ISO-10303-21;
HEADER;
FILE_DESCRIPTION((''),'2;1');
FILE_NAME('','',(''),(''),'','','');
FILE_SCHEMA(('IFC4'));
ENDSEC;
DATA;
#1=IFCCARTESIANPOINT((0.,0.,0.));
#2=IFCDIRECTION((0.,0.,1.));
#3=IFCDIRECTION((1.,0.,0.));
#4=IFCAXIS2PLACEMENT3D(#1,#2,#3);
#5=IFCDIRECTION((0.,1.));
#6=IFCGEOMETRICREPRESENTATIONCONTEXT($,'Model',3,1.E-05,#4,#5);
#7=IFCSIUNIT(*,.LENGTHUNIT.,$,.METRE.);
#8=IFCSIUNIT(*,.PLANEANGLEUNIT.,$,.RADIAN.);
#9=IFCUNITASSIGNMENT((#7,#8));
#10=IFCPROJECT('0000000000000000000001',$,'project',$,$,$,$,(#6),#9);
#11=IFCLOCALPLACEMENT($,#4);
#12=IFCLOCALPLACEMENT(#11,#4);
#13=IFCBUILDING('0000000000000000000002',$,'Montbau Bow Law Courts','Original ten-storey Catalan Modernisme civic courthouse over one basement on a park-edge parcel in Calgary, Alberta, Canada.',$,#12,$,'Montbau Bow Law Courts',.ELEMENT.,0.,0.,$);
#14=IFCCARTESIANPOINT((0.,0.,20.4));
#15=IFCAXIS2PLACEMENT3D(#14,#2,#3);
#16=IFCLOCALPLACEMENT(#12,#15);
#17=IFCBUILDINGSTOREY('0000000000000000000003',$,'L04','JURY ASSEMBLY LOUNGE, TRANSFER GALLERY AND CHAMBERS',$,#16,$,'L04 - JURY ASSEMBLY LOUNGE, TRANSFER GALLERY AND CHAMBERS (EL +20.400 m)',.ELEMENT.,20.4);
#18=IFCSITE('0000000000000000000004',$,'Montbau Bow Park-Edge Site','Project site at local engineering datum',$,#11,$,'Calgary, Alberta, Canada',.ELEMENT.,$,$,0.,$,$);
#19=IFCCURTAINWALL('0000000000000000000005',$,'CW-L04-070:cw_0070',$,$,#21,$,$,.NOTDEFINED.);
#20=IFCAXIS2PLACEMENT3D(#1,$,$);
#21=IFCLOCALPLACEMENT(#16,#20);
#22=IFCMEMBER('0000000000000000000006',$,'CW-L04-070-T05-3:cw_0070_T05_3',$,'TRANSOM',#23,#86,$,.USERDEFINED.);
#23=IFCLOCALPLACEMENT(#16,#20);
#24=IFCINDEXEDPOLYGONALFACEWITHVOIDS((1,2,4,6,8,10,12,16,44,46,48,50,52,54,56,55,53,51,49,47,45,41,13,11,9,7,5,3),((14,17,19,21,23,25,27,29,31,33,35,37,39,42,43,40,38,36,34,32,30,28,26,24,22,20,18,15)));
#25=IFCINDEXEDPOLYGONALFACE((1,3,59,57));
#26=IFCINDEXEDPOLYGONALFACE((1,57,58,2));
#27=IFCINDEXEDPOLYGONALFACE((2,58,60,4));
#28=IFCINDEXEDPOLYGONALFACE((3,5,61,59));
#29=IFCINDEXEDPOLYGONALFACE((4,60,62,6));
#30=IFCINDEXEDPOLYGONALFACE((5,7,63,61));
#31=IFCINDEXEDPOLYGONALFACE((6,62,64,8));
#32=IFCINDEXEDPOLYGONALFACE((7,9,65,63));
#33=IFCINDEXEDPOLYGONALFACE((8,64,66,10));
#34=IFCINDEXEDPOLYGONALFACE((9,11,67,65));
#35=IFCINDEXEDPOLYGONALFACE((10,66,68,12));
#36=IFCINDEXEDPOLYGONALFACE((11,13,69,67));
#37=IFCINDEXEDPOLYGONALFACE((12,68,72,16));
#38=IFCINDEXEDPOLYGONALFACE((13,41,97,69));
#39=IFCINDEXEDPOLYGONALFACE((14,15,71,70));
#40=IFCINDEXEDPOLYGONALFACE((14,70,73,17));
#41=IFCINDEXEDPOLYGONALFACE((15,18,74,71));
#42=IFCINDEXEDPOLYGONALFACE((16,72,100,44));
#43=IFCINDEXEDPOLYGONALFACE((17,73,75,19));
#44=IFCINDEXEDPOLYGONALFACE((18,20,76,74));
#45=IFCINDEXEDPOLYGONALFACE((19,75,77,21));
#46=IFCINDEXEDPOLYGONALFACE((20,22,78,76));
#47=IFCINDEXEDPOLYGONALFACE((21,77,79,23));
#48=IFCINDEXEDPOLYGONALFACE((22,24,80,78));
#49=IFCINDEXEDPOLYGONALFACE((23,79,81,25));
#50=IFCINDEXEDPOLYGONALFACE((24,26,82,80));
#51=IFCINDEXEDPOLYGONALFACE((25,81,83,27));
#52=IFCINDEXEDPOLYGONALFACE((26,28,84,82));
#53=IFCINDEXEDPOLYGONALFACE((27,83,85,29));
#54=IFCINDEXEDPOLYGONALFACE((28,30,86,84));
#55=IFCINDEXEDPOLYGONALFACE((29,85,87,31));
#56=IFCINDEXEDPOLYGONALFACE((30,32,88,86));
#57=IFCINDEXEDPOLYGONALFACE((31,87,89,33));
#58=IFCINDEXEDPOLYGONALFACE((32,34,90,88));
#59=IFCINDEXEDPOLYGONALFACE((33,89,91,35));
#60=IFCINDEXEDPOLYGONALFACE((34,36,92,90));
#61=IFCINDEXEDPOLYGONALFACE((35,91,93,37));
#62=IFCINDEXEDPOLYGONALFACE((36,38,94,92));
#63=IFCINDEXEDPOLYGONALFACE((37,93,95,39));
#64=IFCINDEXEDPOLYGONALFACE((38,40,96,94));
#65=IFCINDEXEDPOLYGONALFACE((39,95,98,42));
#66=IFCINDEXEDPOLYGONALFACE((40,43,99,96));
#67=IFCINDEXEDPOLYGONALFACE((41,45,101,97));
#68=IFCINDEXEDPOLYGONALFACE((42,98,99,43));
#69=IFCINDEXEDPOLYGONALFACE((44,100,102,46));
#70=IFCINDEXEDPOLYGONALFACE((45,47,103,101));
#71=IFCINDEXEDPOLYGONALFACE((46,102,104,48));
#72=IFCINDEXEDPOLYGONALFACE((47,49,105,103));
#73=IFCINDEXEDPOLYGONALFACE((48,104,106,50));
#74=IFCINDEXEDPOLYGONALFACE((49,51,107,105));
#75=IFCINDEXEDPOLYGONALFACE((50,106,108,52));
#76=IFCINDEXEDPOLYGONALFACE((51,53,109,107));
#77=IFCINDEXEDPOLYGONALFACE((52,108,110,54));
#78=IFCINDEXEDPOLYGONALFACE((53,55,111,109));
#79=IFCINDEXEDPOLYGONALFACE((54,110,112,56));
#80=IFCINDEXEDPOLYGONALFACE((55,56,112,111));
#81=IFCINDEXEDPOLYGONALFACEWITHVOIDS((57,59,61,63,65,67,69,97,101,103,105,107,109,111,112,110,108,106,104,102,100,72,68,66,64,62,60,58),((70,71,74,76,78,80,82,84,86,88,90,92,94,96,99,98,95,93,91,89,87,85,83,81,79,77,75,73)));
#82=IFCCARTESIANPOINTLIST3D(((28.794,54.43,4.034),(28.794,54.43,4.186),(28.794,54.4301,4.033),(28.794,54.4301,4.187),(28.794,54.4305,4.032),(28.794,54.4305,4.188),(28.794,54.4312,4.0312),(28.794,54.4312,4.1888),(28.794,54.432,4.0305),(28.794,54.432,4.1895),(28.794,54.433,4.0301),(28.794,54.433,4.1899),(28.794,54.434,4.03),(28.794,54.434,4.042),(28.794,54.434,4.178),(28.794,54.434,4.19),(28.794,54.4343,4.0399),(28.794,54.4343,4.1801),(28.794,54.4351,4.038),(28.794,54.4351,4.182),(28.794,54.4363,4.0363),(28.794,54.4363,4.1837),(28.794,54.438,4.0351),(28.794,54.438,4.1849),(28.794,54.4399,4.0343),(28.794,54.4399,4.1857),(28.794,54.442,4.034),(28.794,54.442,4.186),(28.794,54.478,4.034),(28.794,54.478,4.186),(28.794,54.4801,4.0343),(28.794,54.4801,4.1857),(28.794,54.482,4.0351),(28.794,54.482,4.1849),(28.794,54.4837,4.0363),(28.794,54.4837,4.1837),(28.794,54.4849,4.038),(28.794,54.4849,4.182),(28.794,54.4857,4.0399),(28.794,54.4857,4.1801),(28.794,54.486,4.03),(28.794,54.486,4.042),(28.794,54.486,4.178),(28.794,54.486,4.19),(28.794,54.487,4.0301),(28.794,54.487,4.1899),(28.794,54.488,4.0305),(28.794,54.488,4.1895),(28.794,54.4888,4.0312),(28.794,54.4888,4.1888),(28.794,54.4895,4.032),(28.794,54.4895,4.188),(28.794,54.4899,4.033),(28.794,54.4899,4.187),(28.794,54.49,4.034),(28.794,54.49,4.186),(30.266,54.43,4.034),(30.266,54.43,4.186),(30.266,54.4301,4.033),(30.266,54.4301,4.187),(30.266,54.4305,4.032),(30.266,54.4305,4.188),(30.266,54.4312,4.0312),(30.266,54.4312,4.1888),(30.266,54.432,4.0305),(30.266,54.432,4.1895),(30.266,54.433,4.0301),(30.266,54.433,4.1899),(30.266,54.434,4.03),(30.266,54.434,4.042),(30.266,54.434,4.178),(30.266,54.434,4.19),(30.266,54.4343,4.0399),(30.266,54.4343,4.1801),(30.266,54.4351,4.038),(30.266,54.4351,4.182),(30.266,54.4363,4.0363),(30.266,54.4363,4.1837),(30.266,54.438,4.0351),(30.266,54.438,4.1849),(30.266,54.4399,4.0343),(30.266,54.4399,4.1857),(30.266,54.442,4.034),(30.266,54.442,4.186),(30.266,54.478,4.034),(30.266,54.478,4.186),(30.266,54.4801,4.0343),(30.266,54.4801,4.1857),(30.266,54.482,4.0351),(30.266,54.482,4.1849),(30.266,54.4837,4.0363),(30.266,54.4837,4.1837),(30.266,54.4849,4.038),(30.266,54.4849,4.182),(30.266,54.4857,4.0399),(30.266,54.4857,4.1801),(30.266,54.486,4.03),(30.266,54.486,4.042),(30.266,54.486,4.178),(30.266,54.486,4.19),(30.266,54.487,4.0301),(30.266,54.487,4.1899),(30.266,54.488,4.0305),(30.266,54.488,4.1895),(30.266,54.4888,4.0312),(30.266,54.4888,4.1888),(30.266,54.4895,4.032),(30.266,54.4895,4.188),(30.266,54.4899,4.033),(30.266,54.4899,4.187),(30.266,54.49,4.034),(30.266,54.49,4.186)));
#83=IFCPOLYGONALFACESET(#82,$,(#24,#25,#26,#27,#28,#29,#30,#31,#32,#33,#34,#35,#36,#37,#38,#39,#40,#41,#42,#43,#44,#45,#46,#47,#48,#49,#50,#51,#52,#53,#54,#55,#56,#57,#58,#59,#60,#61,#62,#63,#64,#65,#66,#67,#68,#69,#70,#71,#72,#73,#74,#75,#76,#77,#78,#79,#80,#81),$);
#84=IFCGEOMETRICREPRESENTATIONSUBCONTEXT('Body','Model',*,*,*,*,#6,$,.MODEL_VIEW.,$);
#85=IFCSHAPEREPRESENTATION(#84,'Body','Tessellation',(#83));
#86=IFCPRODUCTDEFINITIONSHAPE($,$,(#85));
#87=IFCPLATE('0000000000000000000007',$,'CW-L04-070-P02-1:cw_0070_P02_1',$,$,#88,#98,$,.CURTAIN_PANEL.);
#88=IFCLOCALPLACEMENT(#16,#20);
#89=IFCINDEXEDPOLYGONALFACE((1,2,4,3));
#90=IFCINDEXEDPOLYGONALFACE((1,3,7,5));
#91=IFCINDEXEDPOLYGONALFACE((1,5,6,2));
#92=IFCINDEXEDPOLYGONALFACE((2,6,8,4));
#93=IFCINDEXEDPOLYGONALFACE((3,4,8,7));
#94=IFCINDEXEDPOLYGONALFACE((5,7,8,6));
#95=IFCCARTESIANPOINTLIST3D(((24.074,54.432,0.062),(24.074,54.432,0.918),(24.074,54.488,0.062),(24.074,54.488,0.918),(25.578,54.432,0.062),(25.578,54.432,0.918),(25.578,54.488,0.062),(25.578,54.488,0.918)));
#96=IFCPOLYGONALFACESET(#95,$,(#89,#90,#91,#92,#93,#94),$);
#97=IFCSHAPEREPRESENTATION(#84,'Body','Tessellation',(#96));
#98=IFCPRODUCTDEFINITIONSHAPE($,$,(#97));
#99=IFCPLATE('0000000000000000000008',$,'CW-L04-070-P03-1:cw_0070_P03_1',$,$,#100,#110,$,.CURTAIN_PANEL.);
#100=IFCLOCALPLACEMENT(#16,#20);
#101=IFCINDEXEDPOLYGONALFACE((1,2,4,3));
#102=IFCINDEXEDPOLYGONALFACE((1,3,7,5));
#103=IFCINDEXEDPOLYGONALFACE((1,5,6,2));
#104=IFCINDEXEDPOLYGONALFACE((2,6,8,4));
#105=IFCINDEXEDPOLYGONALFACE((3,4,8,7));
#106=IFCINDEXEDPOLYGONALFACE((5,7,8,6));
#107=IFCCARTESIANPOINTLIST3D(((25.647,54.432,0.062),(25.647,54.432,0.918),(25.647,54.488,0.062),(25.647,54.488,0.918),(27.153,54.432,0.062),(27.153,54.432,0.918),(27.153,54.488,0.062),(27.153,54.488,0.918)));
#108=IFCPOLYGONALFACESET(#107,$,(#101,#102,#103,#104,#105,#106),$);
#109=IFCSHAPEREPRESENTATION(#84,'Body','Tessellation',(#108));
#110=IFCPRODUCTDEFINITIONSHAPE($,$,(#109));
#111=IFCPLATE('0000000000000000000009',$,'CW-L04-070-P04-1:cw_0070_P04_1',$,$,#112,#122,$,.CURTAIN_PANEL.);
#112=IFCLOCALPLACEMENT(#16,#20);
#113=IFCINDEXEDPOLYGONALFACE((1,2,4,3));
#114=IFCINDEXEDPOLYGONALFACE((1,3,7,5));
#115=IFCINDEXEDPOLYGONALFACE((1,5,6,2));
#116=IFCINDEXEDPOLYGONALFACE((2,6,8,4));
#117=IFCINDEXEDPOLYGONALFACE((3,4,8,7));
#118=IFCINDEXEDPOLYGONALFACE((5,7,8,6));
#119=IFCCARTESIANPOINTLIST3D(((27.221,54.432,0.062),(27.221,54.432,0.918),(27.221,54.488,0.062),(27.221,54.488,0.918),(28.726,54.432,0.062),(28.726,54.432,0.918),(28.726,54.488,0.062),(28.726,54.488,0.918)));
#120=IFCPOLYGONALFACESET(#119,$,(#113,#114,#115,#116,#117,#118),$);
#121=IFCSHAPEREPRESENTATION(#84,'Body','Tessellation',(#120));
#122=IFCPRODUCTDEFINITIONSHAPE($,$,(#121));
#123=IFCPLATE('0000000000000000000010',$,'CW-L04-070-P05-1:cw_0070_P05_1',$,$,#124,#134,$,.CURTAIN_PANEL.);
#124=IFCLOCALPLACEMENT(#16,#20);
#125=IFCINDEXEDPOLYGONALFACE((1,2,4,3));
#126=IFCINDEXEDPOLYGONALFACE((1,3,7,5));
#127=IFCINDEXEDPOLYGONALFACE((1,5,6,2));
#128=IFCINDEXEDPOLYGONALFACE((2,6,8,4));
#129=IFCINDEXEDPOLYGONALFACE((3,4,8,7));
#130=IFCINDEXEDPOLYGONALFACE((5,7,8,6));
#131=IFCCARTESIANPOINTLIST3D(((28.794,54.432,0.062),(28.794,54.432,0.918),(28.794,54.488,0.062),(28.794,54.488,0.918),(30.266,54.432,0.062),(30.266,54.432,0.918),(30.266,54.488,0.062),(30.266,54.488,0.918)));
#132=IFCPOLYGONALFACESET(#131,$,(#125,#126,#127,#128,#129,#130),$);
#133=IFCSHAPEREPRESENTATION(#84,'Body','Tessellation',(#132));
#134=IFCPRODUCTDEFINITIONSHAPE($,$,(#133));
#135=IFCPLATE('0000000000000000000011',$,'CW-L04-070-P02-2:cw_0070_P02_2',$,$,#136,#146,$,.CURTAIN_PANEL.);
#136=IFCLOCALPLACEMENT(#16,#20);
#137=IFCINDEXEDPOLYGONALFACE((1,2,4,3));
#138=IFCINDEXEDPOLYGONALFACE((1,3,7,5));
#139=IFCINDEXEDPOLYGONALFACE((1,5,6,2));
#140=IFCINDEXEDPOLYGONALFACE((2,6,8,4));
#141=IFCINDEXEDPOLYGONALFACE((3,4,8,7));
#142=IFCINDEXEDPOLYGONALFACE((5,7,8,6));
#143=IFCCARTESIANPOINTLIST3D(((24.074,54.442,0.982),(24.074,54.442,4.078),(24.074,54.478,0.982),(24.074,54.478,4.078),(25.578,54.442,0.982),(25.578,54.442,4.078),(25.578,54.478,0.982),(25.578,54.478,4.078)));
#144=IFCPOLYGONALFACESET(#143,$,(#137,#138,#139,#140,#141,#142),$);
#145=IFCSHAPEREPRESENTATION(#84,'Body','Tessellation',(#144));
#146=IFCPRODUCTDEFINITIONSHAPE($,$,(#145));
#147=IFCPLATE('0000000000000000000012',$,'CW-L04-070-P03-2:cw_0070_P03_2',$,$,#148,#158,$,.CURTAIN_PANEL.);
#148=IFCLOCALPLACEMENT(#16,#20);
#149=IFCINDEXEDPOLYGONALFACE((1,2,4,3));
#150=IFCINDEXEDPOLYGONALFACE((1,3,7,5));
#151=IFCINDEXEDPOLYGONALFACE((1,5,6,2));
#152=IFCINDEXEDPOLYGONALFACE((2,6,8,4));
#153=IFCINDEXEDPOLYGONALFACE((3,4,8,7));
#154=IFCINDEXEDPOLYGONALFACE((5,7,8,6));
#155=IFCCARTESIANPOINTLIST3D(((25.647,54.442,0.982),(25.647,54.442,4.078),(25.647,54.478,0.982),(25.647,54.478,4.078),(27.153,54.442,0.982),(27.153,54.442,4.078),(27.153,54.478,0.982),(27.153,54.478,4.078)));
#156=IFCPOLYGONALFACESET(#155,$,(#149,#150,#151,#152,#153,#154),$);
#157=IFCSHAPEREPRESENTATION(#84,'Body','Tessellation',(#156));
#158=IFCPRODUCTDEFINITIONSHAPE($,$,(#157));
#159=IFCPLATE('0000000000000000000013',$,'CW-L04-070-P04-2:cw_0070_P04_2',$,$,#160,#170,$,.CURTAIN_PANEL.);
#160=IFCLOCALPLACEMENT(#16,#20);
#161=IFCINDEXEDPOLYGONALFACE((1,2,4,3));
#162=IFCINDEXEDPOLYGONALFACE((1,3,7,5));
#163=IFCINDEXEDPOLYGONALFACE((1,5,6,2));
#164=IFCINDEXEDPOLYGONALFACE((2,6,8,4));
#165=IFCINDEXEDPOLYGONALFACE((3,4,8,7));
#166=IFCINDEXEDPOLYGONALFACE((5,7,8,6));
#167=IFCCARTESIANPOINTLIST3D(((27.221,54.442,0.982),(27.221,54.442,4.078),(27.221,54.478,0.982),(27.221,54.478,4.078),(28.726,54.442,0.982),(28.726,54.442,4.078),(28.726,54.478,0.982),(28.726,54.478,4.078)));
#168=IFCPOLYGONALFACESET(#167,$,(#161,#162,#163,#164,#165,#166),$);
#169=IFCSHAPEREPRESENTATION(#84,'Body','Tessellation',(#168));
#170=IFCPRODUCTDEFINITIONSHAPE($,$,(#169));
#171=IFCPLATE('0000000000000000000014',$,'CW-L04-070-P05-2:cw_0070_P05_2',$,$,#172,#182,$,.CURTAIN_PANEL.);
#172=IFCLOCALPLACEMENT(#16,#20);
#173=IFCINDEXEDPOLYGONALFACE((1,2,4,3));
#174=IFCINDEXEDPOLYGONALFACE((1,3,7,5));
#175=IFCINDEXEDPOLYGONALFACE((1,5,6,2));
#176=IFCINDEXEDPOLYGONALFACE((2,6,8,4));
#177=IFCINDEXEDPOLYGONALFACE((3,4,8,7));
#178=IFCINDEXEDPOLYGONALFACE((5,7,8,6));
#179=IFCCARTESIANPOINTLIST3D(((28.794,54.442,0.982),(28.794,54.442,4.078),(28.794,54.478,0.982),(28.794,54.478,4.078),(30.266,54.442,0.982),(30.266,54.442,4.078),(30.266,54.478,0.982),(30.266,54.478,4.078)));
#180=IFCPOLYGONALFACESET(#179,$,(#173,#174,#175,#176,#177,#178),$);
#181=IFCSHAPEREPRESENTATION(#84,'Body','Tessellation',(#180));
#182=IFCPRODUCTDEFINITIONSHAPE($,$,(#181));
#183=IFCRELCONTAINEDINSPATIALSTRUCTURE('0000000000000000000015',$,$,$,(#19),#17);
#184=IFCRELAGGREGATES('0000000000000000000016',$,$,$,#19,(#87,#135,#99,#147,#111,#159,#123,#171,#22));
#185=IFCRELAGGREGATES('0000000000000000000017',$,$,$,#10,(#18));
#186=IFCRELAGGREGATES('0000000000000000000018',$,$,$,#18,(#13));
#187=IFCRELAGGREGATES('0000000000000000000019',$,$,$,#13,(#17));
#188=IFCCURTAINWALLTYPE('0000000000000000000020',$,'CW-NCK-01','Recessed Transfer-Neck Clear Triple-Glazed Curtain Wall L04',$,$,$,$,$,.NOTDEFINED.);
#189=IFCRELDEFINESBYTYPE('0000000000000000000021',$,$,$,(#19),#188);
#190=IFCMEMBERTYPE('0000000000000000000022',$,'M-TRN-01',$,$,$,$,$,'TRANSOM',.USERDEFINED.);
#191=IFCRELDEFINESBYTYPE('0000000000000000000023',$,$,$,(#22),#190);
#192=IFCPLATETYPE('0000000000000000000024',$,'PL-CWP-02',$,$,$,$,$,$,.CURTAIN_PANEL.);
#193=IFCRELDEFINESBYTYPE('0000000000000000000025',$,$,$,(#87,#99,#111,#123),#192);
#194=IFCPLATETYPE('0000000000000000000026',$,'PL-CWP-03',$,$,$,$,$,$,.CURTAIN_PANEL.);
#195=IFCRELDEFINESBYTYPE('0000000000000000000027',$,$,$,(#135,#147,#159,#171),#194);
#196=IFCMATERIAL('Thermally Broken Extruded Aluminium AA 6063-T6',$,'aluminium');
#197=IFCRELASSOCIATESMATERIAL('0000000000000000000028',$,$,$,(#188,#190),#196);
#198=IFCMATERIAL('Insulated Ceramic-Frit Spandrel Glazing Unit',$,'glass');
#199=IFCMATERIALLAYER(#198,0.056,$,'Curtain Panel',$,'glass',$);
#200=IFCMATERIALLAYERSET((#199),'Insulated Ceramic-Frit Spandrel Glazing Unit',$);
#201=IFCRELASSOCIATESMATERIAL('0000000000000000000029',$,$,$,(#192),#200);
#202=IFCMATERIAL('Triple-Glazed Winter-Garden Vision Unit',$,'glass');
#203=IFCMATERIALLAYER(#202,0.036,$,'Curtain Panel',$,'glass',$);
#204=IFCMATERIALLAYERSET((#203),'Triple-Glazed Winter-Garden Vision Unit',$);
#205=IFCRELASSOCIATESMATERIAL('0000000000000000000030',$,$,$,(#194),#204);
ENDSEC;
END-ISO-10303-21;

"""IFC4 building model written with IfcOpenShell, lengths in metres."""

from ifc_helpers import new_model, si_unit, direction, frame, frame_2d, origin_with_axes, origin_2d_with_axis, place, context, subcontext, project, spatial, rectangle, hollow_rectangle, extrude, material, layer, layer_set, material_profile, profile_set, type_object, element, aggregate, save


model = new_model("IFC4")

# Units and contexts
model_context = context("Model", 3, precision=1e-05, world=origin_with_axes(), true_north=direction((0.0, 1.0)))
body_context = subcontext(model_context, "Body", "Model", "MODEL_VIEW")
ifc_project = project(units=[si_unit("LENGTHUNIT", "METRE"), si_unit("PLANEANGLEUNIT", "RADIAN")], contexts=[model_context])

# Site, building, storey
site_placement = place(None, origin_with_axes())
site = spatial("IfcSite", under=ifc_project, at=site_placement, Name="Montbau Bow Park-Edge Site", Description="Project site at local engineering datum", LongName="Calgary, Alberta, Canada", CompositionType="ELEMENT", RefElevation=0.0)
building_placement = place(site_placement, origin_with_axes())
building = spatial("IfcBuilding", under=site, at=building_placement, Name="Montbau Bow Law Courts", Description="Original ten-storey Catalan Modernisme civic courthouse over one basement on a park-edge parcel in Calgary, Alberta, Canada.", LongName="Montbau Bow Law Courts", CompositionType="ELEMENT", ElevationOfRefHeight=0.0, ElevationOfTerrain=0.0)
storey_placement = place(building_placement, frame((0.0, 0.0, 20.4), z_axis=(0.0, 0.0, 1.0), x_axis=(1.0, 0.0, 0.0)))
storey = spatial("IfcBuildingStorey", under=building, at=storey_placement, Name="L04", Description="JURY ASSEMBLY LOUNGE, TRANSFER GALLERY AND CHAMBERS", LongName="L04 - JURY ASSEMBLY LOUNGE, TRANSFER GALLERY AND CHAMBERS (EL +20.400 m)", CompositionType="ELEMENT", Elevation=20.4)

# Curtain wall, member, plates
ifc_material_1 = material(Name="Thermally Broken Extruded Aluminium AA 6063-T6", Category="aluminium")
curtain_wall_type = type_object("IfcCurtainWallType", Name="CW-NCK-01", Description="Recessed Transfer-Neck Clear Triple-Glazed Curtain Wall L04", PredefinedType="NOTDEFINED", material=ifc_material_1)
curtain_wall_placement = place(None, frame((22.467, 54.46, 20.4), z_axis=(0.0, 0.0, 1.0), x_axis=(1.0, 0.0, 0.0)))
curtain_wall = element("IfcCurtainWall", 1, at=curtain_wall_placement, inside=storey, type_object=curtain_wall_type, Name="CW-L04-070:cw_0070", PredefinedType="NOTDEFINED")
ifc_material_profile_1 = material_profile(ifc_material_1, hollow_rectangle(XDim=0.06, YDim=0.16, WallThickness=0.004, InnerFilletRadius=0.008, OuterFilletRadius=0.004, at=origin_2d_with_axis()), Name="CWT-160X60", Category="Main", Priority=0)
ifc_profile_set_1 = profile_set([ifc_material_profile_1], Name="Thermally Broken Extruded Aluminium AA 6063-T6")
member_type_1 = type_object("IfcMemberType", Name="M-TRN-01", ElementType="TRANSOM", PredefinedType="USERDEFINED", material=ifc_profile_set_1)
member_1_placement = place(None, frame((28.794, 54.46, 24.51), z_axis=(1.0, 0.0, 0.0), x_axis=(0.0, 1.0, 0.0)))
member_1 = element("IfcMember", 2, at=member_1_placement, type_object=member_type_1, Name="CW-L04-070-T05-3:cw_0070_T05_3", ObjectType="TRANSOM", PredefinedType="USERDEFINED", context=body_context, shape_type="SweptSolid", body=[
    extrude(hollow_rectangle(XDim=0.06, YDim=0.16, WallThickness=0.004, InnerFilletRadius=0.008, OuterFilletRadius=0.004, at=origin_2d_with_axis()), origin_with_axes(), (0.0, 0.0, 1.0), 1.472),
])
ifc_material_2 = material(Name="Insulated Ceramic-Frit Spandrel Glazing Unit", Category="glass")
ifc_layer_1 = layer(ifc_material_2, 0.056, Name="Curtain Panel", Category="glass")
ifc_layer_set_1 = layer_set([ifc_layer_1], Name="Insulated Ceramic-Frit Spandrel Glazing Unit")
plate_type_1 = type_object("IfcPlateType", Name="PL-CWP-02", PredefinedType="CURTAIN_PANEL", material=ifc_layer_set_1)
plate_1_placement = place(None, frame((24.074, 54.46, 20.462), z_axis=(0.0, -1.0, 0.0), x_axis=(1.0, 0.0, 0.0)))
plate_1 = element("IfcPlate", 3, at=plate_1_placement, type_object=plate_type_1, Name="CW-L04-070-P02-1:cw_0070_P02_1", PredefinedType="CURTAIN_PANEL", context=body_context, shape_type="SweptSolid", body=[
    extrude(rectangle(XDim=1.504, YDim=0.856, at=frame_2d((0.752, 0.428), x_axis=(1.0, 0.0))), frame((0.0, 0.0, -0.028), z_axis=(0.0, 0.0, 1.0), x_axis=(1.0, 0.0, 0.0)), (0.0, 0.0, 1.0), 0.056),
])
plate_2_placement = place(None, frame((25.647, 54.46, 20.462), z_axis=(0.0, -1.0, 0.0), x_axis=(1.0, 0.0, 0.0)))
plate_2 = element("IfcPlate", 4, at=plate_2_placement, type_object=plate_type_1, Name="CW-L04-070-P03-1:cw_0070_P03_1", PredefinedType="CURTAIN_PANEL", context=body_context, shape_type="SweptSolid", body=[
    extrude(rectangle(XDim=1.506, YDim=0.856, at=frame_2d((0.753, 0.428), x_axis=(1.0, 0.0))), frame((0.0, 0.0, -0.028), z_axis=(0.0, 0.0, 1.0), x_axis=(1.0, 0.0, 0.0)), (0.0, 0.0, 1.0), 0.056),
])
plate_3_placement = place(None, frame((27.221, 54.46, 20.462), z_axis=(0.0, -1.0, 0.0), x_axis=(1.0, 0.0, 0.0)))
plate_3 = element("IfcPlate", 5, at=plate_3_placement, type_object=plate_type_1, Name="CW-L04-070-P04-1:cw_0070_P04_1", PredefinedType="CURTAIN_PANEL", context=body_context, shape_type="SweptSolid", body=[
    extrude(rectangle(XDim=1.505, YDim=0.856, at=frame_2d((0.7525, 0.428), x_axis=(1.0, 0.0))), frame((0.0, 0.0, -0.028), z_axis=(0.0, 0.0, 1.0), x_axis=(1.0, 0.0, 0.0)), (0.0, 0.0, 1.0), 0.056),
])
plate_4_placement = place(None, frame((28.794, 54.46, 20.462), z_axis=(0.0, -1.0, 0.0), x_axis=(1.0, 0.0, 0.0)))
plate_4 = element("IfcPlate", 6, at=plate_4_placement, type_object=plate_type_1, Name="CW-L04-070-P05-1:cw_0070_P05_1", PredefinedType="CURTAIN_PANEL", context=body_context, shape_type="SweptSolid", body=[
    extrude(rectangle(XDim=1.472, YDim=0.856, at=frame_2d((0.736, 0.428), x_axis=(1.0, 0.0))), frame((0.0, 0.0, -0.028), z_axis=(0.0, 0.0, 1.0), x_axis=(1.0, 0.0, 0.0)), (0.0, 0.0, 1.0), 0.056),
])
ifc_material_3 = material(Name="Triple-Glazed Winter-Garden Vision Unit", Category="glass")
ifc_layer_2 = layer(ifc_material_3, 0.036, Name="Curtain Panel", Category="glass")
ifc_layer_set_2 = layer_set([ifc_layer_2], Name="Triple-Glazed Winter-Garden Vision Unit")
plate_type_2 = type_object("IfcPlateType", Name="PL-CWP-03", PredefinedType="CURTAIN_PANEL", material=ifc_layer_set_2)
plate_5_placement = place(None, frame((24.074, 54.46, 21.382), z_axis=(0.0, -1.0, 0.0), x_axis=(1.0, 0.0, 0.0)))
plate_5 = element("IfcPlate", 7, at=plate_5_placement, type_object=plate_type_2, Name="CW-L04-070-P02-2:cw_0070_P02_2", PredefinedType="CURTAIN_PANEL", context=body_context, shape_type="SweptSolid", body=[
    extrude(rectangle(XDim=1.504, YDim=3.096, at=frame_2d((0.752, 1.548), x_axis=(1.0, 0.0))), frame((0.0, 0.0, -0.018), z_axis=(0.0, 0.0, 1.0), x_axis=(1.0, 0.0, 0.0)), (0.0, 0.0, 1.0), 0.036),
])
plate_6_placement = place(None, frame((25.647, 54.46, 21.382), z_axis=(0.0, -1.0, 0.0), x_axis=(1.0, 0.0, 0.0)))
plate_6 = element("IfcPlate", 8, at=plate_6_placement, type_object=plate_type_2, Name="CW-L04-070-P03-2:cw_0070_P03_2", PredefinedType="CURTAIN_PANEL", context=body_context, shape_type="SweptSolid", body=[
    extrude(rectangle(XDim=1.506, YDim=3.096, at=frame_2d((0.753, 1.548), x_axis=(1.0, 0.0))), frame((0.0, 0.0, -0.018), z_axis=(0.0, 0.0, 1.0), x_axis=(1.0, 0.0, 0.0)), (0.0, 0.0, 1.0), 0.036),
])
plate_7_placement = place(None, frame((27.221, 54.46, 21.382), z_axis=(0.0, -1.0, 0.0), x_axis=(1.0, 0.0, 0.0)))
plate_7 = element("IfcPlate", 9, at=plate_7_placement, type_object=plate_type_2, Name="CW-L04-070-P04-2:cw_0070_P04_2", PredefinedType="CURTAIN_PANEL", context=body_context, shape_type="SweptSolid", body=[
    extrude(rectangle(XDim=1.505, YDim=3.096, at=frame_2d((0.7525, 1.548), x_axis=(1.0, 0.0))), frame((0.0, 0.0, -0.018), z_axis=(0.0, 0.0, 1.0), x_axis=(1.0, 0.0, 0.0)), (0.0, 0.0, 1.0), 0.036),
])
plate_8_placement = place(None, frame((28.794, 54.46, 21.382), z_axis=(0.0, -1.0, 0.0), x_axis=(1.0, 0.0, 0.0)))
plate_8 = element("IfcPlate", 10, at=plate_8_placement, type_object=plate_type_2, Name="CW-L04-070-P05-2:cw_0070_P05_2", PredefinedType="CURTAIN_PANEL", context=body_context, shape_type="SweptSolid", body=[
    extrude(rectangle(XDim=1.472, YDim=3.096, at=frame_2d((0.736, 1.548), x_axis=(1.0, 0.0))), frame((0.0, 0.0, -0.018), z_axis=(0.0, 0.0, 1.0), x_axis=(1.0, 0.0, 0.0)), (0.0, 0.0, 1.0), 0.036),
])
aggregate(curtain_wall, [plate_1, plate_5, plate_2, plate_6, plate_3, plate_7, plate_4, plate_8, member_1])

save(model, "model.ifc")
